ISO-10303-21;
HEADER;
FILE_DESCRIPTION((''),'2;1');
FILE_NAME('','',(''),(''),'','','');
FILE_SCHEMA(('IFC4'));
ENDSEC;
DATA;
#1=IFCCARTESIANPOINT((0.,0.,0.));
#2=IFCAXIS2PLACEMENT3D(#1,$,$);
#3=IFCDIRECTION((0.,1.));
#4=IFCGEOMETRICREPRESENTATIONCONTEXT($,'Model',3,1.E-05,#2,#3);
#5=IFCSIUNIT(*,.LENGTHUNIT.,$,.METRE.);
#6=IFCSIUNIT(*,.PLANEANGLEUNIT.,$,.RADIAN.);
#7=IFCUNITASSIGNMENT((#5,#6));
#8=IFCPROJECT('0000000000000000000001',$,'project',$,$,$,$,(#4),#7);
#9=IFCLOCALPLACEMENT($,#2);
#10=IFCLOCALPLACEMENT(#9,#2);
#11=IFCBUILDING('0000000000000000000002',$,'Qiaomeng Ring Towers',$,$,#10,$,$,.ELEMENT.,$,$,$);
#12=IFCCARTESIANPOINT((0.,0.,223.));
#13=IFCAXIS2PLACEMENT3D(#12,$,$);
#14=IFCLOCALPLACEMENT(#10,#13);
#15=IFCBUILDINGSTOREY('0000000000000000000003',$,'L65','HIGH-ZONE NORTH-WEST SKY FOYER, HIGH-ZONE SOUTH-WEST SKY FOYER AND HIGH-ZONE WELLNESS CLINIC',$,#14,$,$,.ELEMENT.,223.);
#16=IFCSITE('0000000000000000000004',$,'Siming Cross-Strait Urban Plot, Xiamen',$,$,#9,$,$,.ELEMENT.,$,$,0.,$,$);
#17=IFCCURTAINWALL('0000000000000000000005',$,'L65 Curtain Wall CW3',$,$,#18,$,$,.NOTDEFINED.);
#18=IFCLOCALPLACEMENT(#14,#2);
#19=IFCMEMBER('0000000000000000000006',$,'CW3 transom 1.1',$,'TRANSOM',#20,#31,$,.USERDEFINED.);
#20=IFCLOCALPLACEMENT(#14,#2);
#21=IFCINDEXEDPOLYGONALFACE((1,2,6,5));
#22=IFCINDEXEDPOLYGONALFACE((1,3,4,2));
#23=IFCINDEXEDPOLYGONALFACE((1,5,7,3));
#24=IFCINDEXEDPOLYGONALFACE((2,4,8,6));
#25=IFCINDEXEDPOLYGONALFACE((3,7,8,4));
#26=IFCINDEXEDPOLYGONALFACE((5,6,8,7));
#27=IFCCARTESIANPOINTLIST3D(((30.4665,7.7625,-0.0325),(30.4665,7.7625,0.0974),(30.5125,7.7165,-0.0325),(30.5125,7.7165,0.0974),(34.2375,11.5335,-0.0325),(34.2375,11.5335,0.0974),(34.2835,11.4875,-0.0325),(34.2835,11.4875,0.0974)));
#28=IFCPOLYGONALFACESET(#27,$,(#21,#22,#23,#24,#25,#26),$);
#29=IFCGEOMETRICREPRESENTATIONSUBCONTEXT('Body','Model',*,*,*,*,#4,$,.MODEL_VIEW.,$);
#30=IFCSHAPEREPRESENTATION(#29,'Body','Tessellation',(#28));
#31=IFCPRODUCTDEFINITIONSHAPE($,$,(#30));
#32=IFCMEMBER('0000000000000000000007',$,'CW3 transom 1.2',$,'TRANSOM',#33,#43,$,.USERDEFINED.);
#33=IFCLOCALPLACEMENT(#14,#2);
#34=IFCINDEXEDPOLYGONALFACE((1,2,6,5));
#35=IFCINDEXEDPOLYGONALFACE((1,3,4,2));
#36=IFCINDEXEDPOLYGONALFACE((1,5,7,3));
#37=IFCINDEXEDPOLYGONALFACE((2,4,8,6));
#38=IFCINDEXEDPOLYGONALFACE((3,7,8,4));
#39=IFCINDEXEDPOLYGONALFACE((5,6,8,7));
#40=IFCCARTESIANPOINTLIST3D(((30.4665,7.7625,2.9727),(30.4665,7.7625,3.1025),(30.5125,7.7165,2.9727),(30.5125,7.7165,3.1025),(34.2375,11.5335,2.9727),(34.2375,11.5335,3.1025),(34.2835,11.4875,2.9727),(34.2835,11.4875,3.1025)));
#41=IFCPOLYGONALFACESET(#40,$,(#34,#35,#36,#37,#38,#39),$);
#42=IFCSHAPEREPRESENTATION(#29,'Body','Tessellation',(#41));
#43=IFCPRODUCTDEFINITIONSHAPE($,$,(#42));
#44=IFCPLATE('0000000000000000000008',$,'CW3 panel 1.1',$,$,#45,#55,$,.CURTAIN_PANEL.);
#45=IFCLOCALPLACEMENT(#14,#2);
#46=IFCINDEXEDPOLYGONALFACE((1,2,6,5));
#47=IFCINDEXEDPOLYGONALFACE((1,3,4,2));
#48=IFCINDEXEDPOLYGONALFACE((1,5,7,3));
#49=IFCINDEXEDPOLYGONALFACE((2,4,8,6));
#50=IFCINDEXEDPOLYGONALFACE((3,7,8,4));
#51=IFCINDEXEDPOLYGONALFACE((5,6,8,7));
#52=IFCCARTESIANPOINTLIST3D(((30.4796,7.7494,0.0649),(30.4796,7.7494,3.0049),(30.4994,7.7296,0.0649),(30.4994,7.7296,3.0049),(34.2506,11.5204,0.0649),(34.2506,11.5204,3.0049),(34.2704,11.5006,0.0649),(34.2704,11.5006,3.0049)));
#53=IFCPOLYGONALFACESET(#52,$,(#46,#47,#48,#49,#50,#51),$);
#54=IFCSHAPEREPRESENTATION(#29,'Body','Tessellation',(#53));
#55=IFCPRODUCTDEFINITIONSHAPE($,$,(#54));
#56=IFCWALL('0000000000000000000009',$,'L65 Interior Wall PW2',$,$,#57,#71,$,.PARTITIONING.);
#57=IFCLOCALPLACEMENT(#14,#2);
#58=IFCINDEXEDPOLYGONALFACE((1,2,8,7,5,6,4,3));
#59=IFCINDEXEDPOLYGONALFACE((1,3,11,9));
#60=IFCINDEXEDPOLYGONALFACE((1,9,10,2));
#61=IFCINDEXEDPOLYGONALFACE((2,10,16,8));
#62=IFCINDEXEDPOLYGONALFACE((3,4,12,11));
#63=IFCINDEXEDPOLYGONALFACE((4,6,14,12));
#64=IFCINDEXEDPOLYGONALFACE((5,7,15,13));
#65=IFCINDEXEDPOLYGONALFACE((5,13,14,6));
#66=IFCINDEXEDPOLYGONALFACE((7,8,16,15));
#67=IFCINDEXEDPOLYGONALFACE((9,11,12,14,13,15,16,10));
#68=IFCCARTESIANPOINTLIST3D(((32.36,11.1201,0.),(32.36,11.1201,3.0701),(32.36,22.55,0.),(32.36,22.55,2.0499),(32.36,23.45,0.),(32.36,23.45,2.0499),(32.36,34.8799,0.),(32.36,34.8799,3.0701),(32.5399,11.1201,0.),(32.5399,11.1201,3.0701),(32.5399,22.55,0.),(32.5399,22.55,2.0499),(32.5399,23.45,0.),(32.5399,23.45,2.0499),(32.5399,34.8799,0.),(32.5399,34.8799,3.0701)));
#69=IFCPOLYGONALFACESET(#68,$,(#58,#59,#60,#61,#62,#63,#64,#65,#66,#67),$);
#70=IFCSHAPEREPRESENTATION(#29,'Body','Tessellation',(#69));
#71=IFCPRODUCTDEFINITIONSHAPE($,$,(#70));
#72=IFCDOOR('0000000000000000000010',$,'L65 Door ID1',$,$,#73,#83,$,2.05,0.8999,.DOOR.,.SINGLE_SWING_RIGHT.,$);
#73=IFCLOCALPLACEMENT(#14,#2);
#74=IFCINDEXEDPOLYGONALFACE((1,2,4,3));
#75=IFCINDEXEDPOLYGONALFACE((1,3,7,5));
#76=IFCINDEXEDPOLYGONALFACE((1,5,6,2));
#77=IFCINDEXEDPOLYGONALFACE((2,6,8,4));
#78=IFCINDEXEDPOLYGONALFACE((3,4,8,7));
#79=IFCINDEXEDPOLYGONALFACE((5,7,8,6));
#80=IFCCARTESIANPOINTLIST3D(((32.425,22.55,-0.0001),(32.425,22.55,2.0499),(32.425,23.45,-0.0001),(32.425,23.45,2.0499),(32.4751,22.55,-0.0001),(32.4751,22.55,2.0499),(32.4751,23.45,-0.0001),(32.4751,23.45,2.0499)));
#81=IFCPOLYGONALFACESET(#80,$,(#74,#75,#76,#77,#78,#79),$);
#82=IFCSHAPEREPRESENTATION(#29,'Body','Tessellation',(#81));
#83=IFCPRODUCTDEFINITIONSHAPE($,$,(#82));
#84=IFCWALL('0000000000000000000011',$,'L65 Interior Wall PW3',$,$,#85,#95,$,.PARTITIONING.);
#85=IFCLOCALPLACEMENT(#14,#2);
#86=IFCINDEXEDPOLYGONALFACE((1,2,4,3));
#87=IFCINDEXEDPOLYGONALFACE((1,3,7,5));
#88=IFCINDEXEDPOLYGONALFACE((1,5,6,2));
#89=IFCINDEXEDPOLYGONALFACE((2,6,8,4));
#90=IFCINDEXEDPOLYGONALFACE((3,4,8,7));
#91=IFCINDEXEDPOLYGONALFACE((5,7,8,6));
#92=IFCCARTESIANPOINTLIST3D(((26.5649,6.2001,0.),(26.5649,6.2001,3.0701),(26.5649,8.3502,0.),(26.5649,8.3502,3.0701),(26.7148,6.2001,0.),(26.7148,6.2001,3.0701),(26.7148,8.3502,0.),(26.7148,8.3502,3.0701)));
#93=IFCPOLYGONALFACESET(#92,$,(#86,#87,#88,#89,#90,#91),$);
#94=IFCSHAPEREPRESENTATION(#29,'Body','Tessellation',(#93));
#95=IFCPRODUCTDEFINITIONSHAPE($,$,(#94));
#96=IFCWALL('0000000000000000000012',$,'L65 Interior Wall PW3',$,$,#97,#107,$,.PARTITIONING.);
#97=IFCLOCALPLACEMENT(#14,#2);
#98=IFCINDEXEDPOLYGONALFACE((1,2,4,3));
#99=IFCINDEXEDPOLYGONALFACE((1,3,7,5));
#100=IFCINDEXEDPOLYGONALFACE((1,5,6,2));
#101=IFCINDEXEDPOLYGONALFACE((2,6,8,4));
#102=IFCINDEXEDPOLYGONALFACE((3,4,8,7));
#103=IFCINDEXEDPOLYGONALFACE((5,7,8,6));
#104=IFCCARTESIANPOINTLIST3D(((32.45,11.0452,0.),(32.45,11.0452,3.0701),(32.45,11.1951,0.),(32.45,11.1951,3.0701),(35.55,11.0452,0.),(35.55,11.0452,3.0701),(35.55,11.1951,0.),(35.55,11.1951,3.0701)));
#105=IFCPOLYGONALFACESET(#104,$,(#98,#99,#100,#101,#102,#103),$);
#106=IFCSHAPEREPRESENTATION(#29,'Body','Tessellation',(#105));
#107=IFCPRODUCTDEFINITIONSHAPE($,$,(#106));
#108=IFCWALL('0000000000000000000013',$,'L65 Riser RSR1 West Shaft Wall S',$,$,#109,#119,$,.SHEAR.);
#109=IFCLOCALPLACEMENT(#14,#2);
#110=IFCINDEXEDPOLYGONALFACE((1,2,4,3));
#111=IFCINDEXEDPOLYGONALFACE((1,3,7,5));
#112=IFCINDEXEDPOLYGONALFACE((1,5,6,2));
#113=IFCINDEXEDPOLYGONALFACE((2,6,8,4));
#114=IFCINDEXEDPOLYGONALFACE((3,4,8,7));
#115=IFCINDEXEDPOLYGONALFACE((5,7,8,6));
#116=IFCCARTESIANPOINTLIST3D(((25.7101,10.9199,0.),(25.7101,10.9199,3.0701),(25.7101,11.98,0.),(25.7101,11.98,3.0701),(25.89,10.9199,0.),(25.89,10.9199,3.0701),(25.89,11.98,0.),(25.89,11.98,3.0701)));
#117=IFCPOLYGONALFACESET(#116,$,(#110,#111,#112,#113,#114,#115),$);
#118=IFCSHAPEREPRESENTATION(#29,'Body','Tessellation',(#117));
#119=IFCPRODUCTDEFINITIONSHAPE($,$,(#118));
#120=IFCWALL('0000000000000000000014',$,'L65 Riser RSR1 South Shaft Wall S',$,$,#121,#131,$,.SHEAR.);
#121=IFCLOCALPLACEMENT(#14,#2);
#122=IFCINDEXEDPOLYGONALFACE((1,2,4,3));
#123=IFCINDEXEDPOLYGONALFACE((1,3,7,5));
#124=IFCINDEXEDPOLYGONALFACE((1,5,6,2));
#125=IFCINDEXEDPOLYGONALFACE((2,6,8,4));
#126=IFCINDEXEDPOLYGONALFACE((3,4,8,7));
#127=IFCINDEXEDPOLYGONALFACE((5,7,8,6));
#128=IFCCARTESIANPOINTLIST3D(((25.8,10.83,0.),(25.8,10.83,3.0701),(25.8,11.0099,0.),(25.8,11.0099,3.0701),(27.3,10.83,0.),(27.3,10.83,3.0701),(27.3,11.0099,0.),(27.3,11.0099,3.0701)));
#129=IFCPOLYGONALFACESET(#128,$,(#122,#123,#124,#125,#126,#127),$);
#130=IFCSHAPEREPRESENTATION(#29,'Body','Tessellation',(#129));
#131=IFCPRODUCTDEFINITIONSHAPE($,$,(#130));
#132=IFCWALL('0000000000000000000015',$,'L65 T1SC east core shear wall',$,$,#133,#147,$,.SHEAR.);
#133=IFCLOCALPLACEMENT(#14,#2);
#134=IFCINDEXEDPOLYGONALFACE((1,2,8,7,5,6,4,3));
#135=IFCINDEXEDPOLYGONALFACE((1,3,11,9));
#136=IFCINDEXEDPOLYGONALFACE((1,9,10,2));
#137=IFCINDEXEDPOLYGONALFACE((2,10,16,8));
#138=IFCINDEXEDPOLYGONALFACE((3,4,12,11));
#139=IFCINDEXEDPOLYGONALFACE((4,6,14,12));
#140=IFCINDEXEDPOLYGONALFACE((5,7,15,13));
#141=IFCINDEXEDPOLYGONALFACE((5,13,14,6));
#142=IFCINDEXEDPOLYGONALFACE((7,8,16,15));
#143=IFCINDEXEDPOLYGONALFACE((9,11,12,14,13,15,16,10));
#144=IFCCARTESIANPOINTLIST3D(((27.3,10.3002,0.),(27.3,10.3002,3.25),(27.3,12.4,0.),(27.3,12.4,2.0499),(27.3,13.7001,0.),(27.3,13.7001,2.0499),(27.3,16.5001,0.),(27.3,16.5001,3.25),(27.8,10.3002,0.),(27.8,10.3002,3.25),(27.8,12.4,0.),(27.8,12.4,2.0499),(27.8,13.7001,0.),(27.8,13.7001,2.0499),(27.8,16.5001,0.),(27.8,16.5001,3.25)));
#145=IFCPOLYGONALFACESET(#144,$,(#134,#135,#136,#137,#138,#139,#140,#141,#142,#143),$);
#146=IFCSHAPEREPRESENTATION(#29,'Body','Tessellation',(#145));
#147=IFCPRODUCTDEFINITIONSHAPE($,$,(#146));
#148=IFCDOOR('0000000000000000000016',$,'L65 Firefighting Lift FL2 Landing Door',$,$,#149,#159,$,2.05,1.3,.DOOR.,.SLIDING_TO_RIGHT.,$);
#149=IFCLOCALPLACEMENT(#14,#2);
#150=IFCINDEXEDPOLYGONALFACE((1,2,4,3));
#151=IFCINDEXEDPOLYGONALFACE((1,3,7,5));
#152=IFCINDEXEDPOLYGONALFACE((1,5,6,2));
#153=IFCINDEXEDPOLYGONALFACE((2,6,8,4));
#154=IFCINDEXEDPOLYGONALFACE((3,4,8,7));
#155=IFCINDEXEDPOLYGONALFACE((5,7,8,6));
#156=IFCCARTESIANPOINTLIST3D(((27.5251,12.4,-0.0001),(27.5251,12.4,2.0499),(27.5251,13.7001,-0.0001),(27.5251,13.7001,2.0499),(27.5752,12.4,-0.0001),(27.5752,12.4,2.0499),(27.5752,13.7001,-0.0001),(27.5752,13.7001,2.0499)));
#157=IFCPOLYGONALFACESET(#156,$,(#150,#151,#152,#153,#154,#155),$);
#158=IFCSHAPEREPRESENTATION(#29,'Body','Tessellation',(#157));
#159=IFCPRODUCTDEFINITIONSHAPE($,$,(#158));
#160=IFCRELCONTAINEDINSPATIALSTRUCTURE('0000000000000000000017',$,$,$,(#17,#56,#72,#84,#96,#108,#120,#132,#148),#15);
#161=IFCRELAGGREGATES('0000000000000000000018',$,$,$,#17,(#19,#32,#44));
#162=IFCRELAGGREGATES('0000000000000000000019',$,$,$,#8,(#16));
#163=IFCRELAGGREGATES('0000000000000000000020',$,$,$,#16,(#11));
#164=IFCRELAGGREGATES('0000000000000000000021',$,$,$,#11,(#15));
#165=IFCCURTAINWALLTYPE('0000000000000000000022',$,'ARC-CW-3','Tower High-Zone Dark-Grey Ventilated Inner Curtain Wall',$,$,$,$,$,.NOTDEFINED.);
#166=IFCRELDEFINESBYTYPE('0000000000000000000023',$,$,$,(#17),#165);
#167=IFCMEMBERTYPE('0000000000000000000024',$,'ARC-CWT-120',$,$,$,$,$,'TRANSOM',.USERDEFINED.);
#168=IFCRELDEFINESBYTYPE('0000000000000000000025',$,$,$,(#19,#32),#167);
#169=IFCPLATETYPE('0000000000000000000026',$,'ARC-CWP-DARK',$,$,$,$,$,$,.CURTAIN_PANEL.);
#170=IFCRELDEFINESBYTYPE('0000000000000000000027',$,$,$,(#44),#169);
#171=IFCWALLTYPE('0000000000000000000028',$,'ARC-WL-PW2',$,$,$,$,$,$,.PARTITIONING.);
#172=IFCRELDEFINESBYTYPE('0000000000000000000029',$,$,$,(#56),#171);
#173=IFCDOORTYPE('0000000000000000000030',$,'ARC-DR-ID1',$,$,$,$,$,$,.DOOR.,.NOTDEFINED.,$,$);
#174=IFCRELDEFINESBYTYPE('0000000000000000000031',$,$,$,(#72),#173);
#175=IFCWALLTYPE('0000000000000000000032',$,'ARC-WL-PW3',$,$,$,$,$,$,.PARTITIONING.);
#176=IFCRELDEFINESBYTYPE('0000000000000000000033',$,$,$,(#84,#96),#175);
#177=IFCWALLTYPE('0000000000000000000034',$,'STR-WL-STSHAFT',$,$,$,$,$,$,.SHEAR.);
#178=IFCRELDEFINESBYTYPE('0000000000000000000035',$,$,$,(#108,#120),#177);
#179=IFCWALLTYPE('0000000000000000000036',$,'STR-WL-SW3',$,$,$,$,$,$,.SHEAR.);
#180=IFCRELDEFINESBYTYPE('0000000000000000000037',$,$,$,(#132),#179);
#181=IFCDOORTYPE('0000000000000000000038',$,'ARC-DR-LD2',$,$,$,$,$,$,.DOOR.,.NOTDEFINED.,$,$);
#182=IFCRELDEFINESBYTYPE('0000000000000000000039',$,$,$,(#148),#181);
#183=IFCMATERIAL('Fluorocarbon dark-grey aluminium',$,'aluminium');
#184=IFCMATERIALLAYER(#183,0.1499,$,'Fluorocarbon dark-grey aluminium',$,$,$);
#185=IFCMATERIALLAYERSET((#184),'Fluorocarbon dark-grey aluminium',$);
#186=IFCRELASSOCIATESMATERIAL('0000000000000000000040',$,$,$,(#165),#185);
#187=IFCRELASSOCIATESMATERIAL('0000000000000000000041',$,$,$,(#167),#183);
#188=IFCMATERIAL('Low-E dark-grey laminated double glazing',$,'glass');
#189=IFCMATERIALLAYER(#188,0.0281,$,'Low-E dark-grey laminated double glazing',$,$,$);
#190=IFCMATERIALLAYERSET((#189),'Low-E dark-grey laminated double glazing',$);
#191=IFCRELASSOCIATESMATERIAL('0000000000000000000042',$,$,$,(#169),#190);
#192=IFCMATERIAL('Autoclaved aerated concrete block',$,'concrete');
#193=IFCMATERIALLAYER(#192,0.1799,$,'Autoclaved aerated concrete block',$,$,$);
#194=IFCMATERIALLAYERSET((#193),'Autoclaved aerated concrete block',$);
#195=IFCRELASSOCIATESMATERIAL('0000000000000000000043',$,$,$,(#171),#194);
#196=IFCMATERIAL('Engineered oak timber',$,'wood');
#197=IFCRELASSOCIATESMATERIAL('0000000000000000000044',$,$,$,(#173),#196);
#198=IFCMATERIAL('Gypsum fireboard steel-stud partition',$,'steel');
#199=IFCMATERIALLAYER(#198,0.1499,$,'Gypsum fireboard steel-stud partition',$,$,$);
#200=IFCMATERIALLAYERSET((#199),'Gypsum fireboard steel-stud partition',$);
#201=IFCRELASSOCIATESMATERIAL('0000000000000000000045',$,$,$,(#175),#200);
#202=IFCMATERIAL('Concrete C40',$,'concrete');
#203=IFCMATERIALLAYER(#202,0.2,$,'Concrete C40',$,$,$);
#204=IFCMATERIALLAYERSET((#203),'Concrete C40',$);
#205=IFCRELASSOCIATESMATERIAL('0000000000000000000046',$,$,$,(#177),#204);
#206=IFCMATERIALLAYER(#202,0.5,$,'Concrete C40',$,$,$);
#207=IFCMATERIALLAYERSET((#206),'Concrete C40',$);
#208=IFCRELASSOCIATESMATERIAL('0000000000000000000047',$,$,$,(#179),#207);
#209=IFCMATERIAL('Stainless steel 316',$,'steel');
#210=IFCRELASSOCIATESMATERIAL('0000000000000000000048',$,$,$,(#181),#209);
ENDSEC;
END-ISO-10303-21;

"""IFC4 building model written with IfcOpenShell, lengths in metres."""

from ifc_helpers import new_model, si_unit, direction, frame, frame_2d, origin, origin_2d, place, context, subcontext, project, spatial, rectangle, extrude, source, transform, mapped, material, layer, layer_set, material_profile, profile_set, type_object, element, fill, aggregate, save


model = new_model("IFC4")

# Units and contexts
model_context = context("Model", 3, precision=1e-05, world=origin(), true_north=direction((0.0, 1.0)))
body_context = subcontext(model_context, "Body", "Model", "MODEL_VIEW")
ifc_project = project(units=[si_unit("LENGTHUNIT", "METRE"), si_unit("PLANEANGLEUNIT", "RADIAN")], contexts=[model_context])

# Site, building, storey
site_placement = place(None, origin())
site = spatial("IfcSite", under=ifc_project, at=site_placement, Name="Siming Cross-Strait Urban Plot, Xiamen", CompositionType="ELEMENT", RefElevation=0.0)
building_placement = place(site_placement, origin())
building = spatial("IfcBuilding", under=site, at=building_placement, Name="Qiaomeng Ring Towers", CompositionType="ELEMENT")
storey_placement = place(building_placement, frame((0.0, 0.0, 223.0)))
storey = spatial("IfcBuildingStorey", under=building, at=storey_placement, Name="L65", Description="HIGH-ZONE NORTH-WEST SKY FOYER, HIGH-ZONE SOUTH-WEST SKY FOYER AND HIGH-ZONE WELLNESS CLINIC", CompositionType="ELEMENT", Elevation=223.0)

# Shared definitions
ifc_material_1 = material(Name="Concrete C40", Category="concrete")

# Curtain wall, members, plate
ifc_material_2 = material(Name="Fluorocarbon dark-grey aluminium", Category="aluminium")
ifc_layer_1 = layer(ifc_material_2, 0.1499, Name="Fluorocarbon dark-grey aluminium")
ifc_layer_set_1 = layer_set([ifc_layer_1], Name="Fluorocarbon dark-grey aluminium")
curtain_wall_type = type_object("IfcCurtainWallType", Name="ARC-CW-3", Description="Tower High-Zone Dark-Grey Ventilated Inner Curtain Wall", PredefinedType="NOTDEFINED", material=ifc_layer_set_1)
curtain_wall_placement = place(storey_placement, origin())
curtain_wall = element("IfcCurtainWall", 1, at=curtain_wall_placement, inside=storey, type_object=curtain_wall_type, Name="L65 Curtain Wall CW3", PredefinedType="NOTDEFINED")
ifc_material_profile_1 = material_profile(ifc_material_2, rectangle(XDim=0.0649, YDim=0.1299, at=origin_2d()), Name="ALU TRAN 65x130")
ifc_profile_set_1 = profile_set([ifc_material_profile_1], Name="Fluorocarbon dark-grey aluminium")
member_type_1 = type_object("IfcMemberType", Name="ARC-CWT-120", ElementType="TRANSOM", PredefinedType="USERDEFINED", material=ifc_profile_set_1)
shared_shape_1 = source(origin(), body_context, "Body", "SweptSolid", [
    extrude(rectangle(XDim=0.0649, YDim=0.1299, at=origin_2d()), origin(), (0.0, 0.0, 1.0), 5.333),
])
member_1_placement = place(storey_placement, frame((30.4895, 7.7395, 0.0325), z_axis=(0.707107, 0.707107, 0.0), x_axis=(-0.707107, 0.707107, 0.0)))
member_1 = element("IfcMember", 2, at=member_1_placement, type_object=member_type_1, Name="CW3 transom 1.1", ObjectType="TRANSOM", PredefinedType="USERDEFINED", context=body_context, shape_type="MappedRepresentation", body=[
    mapped(shared_shape_1, transform((0.0, 0.0, 0.0), x_axis=(1.0, 0.0, 0.0), y_axis=(0.0, 1.0, 0.0), z_axis=(0.0, 0.0, 1.0), scale=1.0)),
])
member_2_placement = place(storey_placement, frame((30.4895, 7.7395, 3.0376), z_axis=(0.707107, 0.707107, 0.0), x_axis=(-0.707107, 0.707107, 0.0)))
member_2 = element("IfcMember", 3, at=member_2_placement, type_object=member_type_1, Name="CW3 transom 1.2", ObjectType="TRANSOM", PredefinedType="USERDEFINED", context=body_context, shape_type="MappedRepresentation", body=[
    mapped(shared_shape_1, transform((0.0, 0.0, 0.0), x_axis=(1.0, 0.0, 0.0), y_axis=(0.0, 1.0, 0.0), z_axis=(0.0, 0.0, 1.0), scale=1.0)),
])
ifc_material_3 = material(Name="Low-E dark-grey laminated double glazing", Category="glass")
ifc_layer_2 = layer(ifc_material_3, 0.0281, Name="Low-E dark-grey laminated double glazing")
ifc_layer_set_2 = layer_set([ifc_layer_2], Name="Low-E dark-grey laminated double glazing")
plate_type = type_object("IfcPlateType", Name="ARC-CWP-DARK", PredefinedType="CURTAIN_PANEL", material=ifc_layer_set_2)
shared_shape_2 = source(origin(), body_context, "Body", "SweptSolid", [
    extrude(rectangle(XDim=5.333, YDim=0.0281, at=origin_2d()), origin(), (0.0, 0.0, 1.0), 2.9399),
])
plate_placement = place(storey_placement, frame((32.375, 9.625, 0.0649), z_axis=(0.0, 0.0, 1.0), x_axis=(0.707107, 0.707107, 0.0)))
plate = element("IfcPlate", 4, at=plate_placement, type_object=plate_type, Name="CW3 panel 1.1", PredefinedType="CURTAIN_PANEL", context=body_context, shape_type="MappedRepresentation", body=[
    mapped(shared_shape_2, transform((0.0, 0.0, 0.0), x_axis=(1.0, 0.0, 0.0), y_axis=(0.0, 1.0, 0.0), z_axis=(0.0, 0.0, 1.0), scale=1.0)),
])
aggregate(curtain_wall, [member_1, member_2, plate])

# Wall, opening, door
ifc_material_4 = material(Name="Autoclaved aerated concrete block", Category="concrete")
ifc_layer_3 = layer(ifc_material_4, 0.1799, Name="Autoclaved aerated concrete block")
ifc_layer_set_3 = layer_set([ifc_layer_3], Name="Autoclaved aerated concrete block")
wall_type_1 = type_object("IfcWallType", Name="ARC-WL-PW2", PredefinedType="PARTITIONING", material=ifc_layer_set_3)
wall_1_placement = place(storey_placement, frame((32.45, 11.1201, 0.0), z_axis=(0.0, 0.0, 1.0), x_axis=(0.0, 1.0, 0.0)))
wall_1 = element("IfcWall", 5, at=wall_1_placement, inside=storey, type_object=wall_type_1, Name="L65 Interior Wall PW2", PredefinedType="PARTITIONING", context=body_context, shape_type="SweptSolid", body=[
    extrude(rectangle(XDim=23.7598, YDim=0.1799, at=frame_2d((11.8799, 0.0))), origin(), (0.0, 0.0, 1.0), 3.0701),
])
opening_1_placement = place(wall_1_placement, frame((11.4299, 0.0, 0.0)))
opening_1 = element("IfcOpeningElement", 6, at=opening_1_placement, cuts=wall_1, PredefinedType="OPENING", context=body_context, shape_type="SweptSolid", body=[
    extrude(rectangle(XDim=0.8999, YDim=2.05, at=frame_2d((0.45, 1.0249))), frame((0.0, 0.0999, 0.0), z_axis=(0.0, -1.0, 0.0), x_axis=(1.0, 0.0, 0.0)), (0.0, 0.0, 1.0), 0.2),
])
ifc_material_5 = material(Name="Engineered oak timber", Category="wood")
door_type_1 = type_object("IfcDoorType", Name="ARC-DR-ID1", OperationType="NOTDEFINED", PredefinedType="DOOR", material=ifc_material_5)
shared_shape_3 = source(origin(), body_context, "Body", "SweptSolid", [
    extrude(rectangle(XDim=0.8999, YDim=2.05, at=frame_2d((0.45, 1.0249))), frame((0.0, 0.0249, 0.0), z_axis=(0.0, -1.0, 0.0), x_axis=(1.0, 0.0, 0.0)), (0.0, 0.0, 1.0), 0.05),
])
door_1_placement = place(opening_1_placement, origin())
door_1 = element("IfcDoor", 7, at=door_1_placement, inside=storey, type_object=door_type_1, Name="L65 Door ID1", OperationType="SINGLE_SWING_RIGHT", OverallHeight=2.05, OverallWidth=0.8999, PredefinedType="DOOR", context=body_context, shape_type="MappedRepresentation", body=[
    mapped(shared_shape_3, transform((0.0, 0.0, 0.0), x_axis=(1.0, 0.0, 0.0), y_axis=(0.0, 1.0, 0.0), z_axis=(0.0, 0.0, 1.0), scale=1.0)),
])
fill(opening_1, door_1)

# Walls
ifc_material_6 = material(Name="Gypsum fireboard steel-stud partition", Category="steel")
ifc_layer_4 = layer(ifc_material_6, 0.1499, Name="Gypsum fireboard steel-stud partition")
ifc_layer_set_4 = layer_set([ifc_layer_4], Name="Gypsum fireboard steel-stud partition")
wall_type_2 = type_object("IfcWallType", Name="ARC-WL-PW3", PredefinedType="PARTITIONING", material=ifc_layer_set_4)
wall_2_placement = place(storey_placement, frame((26.6399, 6.2, 0.0), z_axis=(0.0, 0.0, 1.0), x_axis=(0.0, 1.0, 0.0)))
element("IfcWall", 8, at=wall_2_placement, inside=storey, type_object=wall_type_2, Name="L65 Interior Wall PW3", PredefinedType="PARTITIONING", context=body_context, shape_type="SweptSolid", body=[
    extrude(rectangle(XDim=2.1501, YDim=0.1499, at=frame_2d((1.0752, 0.0))), origin(), (0.0, 0.0, 1.0), 3.0701),
])
wall_3_placement = place(storey_placement, frame((32.45, 11.1201, 0.0), z_axis=(0.0, 0.0, 1.0), x_axis=(1.0, 0.0, 0.0)))
element("IfcWall", 9, at=wall_3_placement, inside=storey, type_object=wall_type_2, Name="L65 Interior Wall PW3", PredefinedType="PARTITIONING", context=body_context, shape_type="SweptSolid", body=[
    extrude(rectangle(XDim=3.1001, YDim=0.1499, at=frame_2d((1.55, 0.0))), origin(), (0.0, 0.0, 1.0), 3.0701),
])
ifc_layer_5 = layer(ifc_material_1, 0.2, Name="Concrete C40")
ifc_layer_set_5 = layer_set([ifc_layer_5], Name="Concrete C40")
wall_type_3 = type_object("IfcWallType", Name="STR-WL-STSHAFT", PredefinedType="SHEAR", material=ifc_layer_set_5)
wall_4_placement = place(storey_placement, frame((25.8, 10.9199, 0.0), z_axis=(0.0, 0.0, 1.0), x_axis=(0.0, 1.0, 0.0)))
element("IfcWall", 10, at=wall_4_placement, inside=storey, type_object=wall_type_3, Name="L65 Riser RSR1 West Shaft Wall S", PredefinedType="SHEAR", context=body_context, shape_type="SweptSolid", body=[
    extrude(rectangle(XDim=1.0601, YDim=0.1799, at=frame_2d((0.53, 0.0))), origin(), (0.0, 0.0, 1.0), 3.0701),
])
wall_5_placement = place(storey_placement, frame((25.8, 10.9199, 0.0), z_axis=(0.0, 0.0, 1.0), x_axis=(1.0, 0.0, 0.0)))
element("IfcWall", 11, at=wall_5_placement, inside=storey, type_object=wall_type_3, Name="L65 Riser RSR1 South Shaft Wall S", PredefinedType="SHEAR", context=body_context, shape_type="SweptSolid", body=[
    extrude(rectangle(XDim=1.5, YDim=0.1799, at=frame_2d((0.75, 0.0))), origin(), (0.0, 0.0, 1.0), 3.0701),
])

# Wall, opening, door
ifc_layer_6 = layer(ifc_material_1, 0.5, Name="Concrete C40")
ifc_layer_set_6 = layer_set([ifc_layer_6], Name="Concrete C40")
wall_type_4 = type_object("IfcWallType", Name="STR-WL-SW3", PredefinedType="SHEAR", material=ifc_layer_set_6)
wall_6_placement = place(storey_placement, frame((27.55, 10.3, 0.0), z_axis=(0.0, 0.0, 1.0), x_axis=(0.0, 1.0, 0.0)))
wall_6 = element("IfcWall", 12, at=wall_6_placement, inside=storey, type_object=wall_type_4, Name="L65 T1SC east core shear wall", PredefinedType="SHEAR", context=body_context, shape_type="SweptSolid", body=[
    extrude(rectangle(XDim=6.2, YDim=0.5, at=frame_2d((3.1001, 0.0))), origin(), (0.0, 0.0, 1.0), 3.25),
])
opening_2_placement = place(wall_6_placement, frame((2.1001, 0.0, 0.0)))
opening_2 = element("IfcOpeningElement", 13, at=opening_2_placement, cuts=wall_6, PredefinedType="OPENING", context=body_context, shape_type="SweptSolid", body=[
    extrude(rectangle(XDim=1.3, YDim=2.05, at=frame_2d((0.6499, 1.0249))), frame((0.0, 0.26, 0.0), z_axis=(0.0, -1.0, 0.0), x_axis=(1.0, 0.0, 0.0)), (0.0, 0.0, 1.0), 0.52),
])
ifc_material_7 = material(Name="Stainless steel 316", Category="steel")
door_type_2 = type_object("IfcDoorType", Name="ARC-DR-LD2", OperationType="NOTDEFINED", PredefinedType="DOOR", material=ifc_material_7)
shared_shape_4 = source(origin(), body_context, "Body", "SweptSolid", [
    extrude(rectangle(XDim=1.3, YDim=2.05, at=frame_2d((0.6499, 1.0249))), frame((0.0, 0.0249, 0.0), z_axis=(0.0, -1.0, 0.0), x_axis=(1.0, 0.0, 0.0)), (0.0, 0.0, 1.0), 0.05),
])
door_2_placement = place(opening_2_placement, origin())
door_2 = element("IfcDoor", 14, at=door_2_placement, inside=storey, type_object=door_type_2, Name="L65 Firefighting Lift FL2 Landing Door", OperationType="SLIDING_TO_RIGHT", OverallHeight=2.05, OverallWidth=1.3, PredefinedType="DOOR", context=body_context, shape_type="MappedRepresentation", body=[
    mapped(shared_shape_4, transform((0.0, 0.0, 0.0), x_axis=(1.0, 0.0, 0.0), y_axis=(0.0, 1.0, 0.0), z_axis=(0.0, 0.0, 1.0), scale=1.0)),
])
fill(opening_2, door_2)

save(model, "model.ifc")
